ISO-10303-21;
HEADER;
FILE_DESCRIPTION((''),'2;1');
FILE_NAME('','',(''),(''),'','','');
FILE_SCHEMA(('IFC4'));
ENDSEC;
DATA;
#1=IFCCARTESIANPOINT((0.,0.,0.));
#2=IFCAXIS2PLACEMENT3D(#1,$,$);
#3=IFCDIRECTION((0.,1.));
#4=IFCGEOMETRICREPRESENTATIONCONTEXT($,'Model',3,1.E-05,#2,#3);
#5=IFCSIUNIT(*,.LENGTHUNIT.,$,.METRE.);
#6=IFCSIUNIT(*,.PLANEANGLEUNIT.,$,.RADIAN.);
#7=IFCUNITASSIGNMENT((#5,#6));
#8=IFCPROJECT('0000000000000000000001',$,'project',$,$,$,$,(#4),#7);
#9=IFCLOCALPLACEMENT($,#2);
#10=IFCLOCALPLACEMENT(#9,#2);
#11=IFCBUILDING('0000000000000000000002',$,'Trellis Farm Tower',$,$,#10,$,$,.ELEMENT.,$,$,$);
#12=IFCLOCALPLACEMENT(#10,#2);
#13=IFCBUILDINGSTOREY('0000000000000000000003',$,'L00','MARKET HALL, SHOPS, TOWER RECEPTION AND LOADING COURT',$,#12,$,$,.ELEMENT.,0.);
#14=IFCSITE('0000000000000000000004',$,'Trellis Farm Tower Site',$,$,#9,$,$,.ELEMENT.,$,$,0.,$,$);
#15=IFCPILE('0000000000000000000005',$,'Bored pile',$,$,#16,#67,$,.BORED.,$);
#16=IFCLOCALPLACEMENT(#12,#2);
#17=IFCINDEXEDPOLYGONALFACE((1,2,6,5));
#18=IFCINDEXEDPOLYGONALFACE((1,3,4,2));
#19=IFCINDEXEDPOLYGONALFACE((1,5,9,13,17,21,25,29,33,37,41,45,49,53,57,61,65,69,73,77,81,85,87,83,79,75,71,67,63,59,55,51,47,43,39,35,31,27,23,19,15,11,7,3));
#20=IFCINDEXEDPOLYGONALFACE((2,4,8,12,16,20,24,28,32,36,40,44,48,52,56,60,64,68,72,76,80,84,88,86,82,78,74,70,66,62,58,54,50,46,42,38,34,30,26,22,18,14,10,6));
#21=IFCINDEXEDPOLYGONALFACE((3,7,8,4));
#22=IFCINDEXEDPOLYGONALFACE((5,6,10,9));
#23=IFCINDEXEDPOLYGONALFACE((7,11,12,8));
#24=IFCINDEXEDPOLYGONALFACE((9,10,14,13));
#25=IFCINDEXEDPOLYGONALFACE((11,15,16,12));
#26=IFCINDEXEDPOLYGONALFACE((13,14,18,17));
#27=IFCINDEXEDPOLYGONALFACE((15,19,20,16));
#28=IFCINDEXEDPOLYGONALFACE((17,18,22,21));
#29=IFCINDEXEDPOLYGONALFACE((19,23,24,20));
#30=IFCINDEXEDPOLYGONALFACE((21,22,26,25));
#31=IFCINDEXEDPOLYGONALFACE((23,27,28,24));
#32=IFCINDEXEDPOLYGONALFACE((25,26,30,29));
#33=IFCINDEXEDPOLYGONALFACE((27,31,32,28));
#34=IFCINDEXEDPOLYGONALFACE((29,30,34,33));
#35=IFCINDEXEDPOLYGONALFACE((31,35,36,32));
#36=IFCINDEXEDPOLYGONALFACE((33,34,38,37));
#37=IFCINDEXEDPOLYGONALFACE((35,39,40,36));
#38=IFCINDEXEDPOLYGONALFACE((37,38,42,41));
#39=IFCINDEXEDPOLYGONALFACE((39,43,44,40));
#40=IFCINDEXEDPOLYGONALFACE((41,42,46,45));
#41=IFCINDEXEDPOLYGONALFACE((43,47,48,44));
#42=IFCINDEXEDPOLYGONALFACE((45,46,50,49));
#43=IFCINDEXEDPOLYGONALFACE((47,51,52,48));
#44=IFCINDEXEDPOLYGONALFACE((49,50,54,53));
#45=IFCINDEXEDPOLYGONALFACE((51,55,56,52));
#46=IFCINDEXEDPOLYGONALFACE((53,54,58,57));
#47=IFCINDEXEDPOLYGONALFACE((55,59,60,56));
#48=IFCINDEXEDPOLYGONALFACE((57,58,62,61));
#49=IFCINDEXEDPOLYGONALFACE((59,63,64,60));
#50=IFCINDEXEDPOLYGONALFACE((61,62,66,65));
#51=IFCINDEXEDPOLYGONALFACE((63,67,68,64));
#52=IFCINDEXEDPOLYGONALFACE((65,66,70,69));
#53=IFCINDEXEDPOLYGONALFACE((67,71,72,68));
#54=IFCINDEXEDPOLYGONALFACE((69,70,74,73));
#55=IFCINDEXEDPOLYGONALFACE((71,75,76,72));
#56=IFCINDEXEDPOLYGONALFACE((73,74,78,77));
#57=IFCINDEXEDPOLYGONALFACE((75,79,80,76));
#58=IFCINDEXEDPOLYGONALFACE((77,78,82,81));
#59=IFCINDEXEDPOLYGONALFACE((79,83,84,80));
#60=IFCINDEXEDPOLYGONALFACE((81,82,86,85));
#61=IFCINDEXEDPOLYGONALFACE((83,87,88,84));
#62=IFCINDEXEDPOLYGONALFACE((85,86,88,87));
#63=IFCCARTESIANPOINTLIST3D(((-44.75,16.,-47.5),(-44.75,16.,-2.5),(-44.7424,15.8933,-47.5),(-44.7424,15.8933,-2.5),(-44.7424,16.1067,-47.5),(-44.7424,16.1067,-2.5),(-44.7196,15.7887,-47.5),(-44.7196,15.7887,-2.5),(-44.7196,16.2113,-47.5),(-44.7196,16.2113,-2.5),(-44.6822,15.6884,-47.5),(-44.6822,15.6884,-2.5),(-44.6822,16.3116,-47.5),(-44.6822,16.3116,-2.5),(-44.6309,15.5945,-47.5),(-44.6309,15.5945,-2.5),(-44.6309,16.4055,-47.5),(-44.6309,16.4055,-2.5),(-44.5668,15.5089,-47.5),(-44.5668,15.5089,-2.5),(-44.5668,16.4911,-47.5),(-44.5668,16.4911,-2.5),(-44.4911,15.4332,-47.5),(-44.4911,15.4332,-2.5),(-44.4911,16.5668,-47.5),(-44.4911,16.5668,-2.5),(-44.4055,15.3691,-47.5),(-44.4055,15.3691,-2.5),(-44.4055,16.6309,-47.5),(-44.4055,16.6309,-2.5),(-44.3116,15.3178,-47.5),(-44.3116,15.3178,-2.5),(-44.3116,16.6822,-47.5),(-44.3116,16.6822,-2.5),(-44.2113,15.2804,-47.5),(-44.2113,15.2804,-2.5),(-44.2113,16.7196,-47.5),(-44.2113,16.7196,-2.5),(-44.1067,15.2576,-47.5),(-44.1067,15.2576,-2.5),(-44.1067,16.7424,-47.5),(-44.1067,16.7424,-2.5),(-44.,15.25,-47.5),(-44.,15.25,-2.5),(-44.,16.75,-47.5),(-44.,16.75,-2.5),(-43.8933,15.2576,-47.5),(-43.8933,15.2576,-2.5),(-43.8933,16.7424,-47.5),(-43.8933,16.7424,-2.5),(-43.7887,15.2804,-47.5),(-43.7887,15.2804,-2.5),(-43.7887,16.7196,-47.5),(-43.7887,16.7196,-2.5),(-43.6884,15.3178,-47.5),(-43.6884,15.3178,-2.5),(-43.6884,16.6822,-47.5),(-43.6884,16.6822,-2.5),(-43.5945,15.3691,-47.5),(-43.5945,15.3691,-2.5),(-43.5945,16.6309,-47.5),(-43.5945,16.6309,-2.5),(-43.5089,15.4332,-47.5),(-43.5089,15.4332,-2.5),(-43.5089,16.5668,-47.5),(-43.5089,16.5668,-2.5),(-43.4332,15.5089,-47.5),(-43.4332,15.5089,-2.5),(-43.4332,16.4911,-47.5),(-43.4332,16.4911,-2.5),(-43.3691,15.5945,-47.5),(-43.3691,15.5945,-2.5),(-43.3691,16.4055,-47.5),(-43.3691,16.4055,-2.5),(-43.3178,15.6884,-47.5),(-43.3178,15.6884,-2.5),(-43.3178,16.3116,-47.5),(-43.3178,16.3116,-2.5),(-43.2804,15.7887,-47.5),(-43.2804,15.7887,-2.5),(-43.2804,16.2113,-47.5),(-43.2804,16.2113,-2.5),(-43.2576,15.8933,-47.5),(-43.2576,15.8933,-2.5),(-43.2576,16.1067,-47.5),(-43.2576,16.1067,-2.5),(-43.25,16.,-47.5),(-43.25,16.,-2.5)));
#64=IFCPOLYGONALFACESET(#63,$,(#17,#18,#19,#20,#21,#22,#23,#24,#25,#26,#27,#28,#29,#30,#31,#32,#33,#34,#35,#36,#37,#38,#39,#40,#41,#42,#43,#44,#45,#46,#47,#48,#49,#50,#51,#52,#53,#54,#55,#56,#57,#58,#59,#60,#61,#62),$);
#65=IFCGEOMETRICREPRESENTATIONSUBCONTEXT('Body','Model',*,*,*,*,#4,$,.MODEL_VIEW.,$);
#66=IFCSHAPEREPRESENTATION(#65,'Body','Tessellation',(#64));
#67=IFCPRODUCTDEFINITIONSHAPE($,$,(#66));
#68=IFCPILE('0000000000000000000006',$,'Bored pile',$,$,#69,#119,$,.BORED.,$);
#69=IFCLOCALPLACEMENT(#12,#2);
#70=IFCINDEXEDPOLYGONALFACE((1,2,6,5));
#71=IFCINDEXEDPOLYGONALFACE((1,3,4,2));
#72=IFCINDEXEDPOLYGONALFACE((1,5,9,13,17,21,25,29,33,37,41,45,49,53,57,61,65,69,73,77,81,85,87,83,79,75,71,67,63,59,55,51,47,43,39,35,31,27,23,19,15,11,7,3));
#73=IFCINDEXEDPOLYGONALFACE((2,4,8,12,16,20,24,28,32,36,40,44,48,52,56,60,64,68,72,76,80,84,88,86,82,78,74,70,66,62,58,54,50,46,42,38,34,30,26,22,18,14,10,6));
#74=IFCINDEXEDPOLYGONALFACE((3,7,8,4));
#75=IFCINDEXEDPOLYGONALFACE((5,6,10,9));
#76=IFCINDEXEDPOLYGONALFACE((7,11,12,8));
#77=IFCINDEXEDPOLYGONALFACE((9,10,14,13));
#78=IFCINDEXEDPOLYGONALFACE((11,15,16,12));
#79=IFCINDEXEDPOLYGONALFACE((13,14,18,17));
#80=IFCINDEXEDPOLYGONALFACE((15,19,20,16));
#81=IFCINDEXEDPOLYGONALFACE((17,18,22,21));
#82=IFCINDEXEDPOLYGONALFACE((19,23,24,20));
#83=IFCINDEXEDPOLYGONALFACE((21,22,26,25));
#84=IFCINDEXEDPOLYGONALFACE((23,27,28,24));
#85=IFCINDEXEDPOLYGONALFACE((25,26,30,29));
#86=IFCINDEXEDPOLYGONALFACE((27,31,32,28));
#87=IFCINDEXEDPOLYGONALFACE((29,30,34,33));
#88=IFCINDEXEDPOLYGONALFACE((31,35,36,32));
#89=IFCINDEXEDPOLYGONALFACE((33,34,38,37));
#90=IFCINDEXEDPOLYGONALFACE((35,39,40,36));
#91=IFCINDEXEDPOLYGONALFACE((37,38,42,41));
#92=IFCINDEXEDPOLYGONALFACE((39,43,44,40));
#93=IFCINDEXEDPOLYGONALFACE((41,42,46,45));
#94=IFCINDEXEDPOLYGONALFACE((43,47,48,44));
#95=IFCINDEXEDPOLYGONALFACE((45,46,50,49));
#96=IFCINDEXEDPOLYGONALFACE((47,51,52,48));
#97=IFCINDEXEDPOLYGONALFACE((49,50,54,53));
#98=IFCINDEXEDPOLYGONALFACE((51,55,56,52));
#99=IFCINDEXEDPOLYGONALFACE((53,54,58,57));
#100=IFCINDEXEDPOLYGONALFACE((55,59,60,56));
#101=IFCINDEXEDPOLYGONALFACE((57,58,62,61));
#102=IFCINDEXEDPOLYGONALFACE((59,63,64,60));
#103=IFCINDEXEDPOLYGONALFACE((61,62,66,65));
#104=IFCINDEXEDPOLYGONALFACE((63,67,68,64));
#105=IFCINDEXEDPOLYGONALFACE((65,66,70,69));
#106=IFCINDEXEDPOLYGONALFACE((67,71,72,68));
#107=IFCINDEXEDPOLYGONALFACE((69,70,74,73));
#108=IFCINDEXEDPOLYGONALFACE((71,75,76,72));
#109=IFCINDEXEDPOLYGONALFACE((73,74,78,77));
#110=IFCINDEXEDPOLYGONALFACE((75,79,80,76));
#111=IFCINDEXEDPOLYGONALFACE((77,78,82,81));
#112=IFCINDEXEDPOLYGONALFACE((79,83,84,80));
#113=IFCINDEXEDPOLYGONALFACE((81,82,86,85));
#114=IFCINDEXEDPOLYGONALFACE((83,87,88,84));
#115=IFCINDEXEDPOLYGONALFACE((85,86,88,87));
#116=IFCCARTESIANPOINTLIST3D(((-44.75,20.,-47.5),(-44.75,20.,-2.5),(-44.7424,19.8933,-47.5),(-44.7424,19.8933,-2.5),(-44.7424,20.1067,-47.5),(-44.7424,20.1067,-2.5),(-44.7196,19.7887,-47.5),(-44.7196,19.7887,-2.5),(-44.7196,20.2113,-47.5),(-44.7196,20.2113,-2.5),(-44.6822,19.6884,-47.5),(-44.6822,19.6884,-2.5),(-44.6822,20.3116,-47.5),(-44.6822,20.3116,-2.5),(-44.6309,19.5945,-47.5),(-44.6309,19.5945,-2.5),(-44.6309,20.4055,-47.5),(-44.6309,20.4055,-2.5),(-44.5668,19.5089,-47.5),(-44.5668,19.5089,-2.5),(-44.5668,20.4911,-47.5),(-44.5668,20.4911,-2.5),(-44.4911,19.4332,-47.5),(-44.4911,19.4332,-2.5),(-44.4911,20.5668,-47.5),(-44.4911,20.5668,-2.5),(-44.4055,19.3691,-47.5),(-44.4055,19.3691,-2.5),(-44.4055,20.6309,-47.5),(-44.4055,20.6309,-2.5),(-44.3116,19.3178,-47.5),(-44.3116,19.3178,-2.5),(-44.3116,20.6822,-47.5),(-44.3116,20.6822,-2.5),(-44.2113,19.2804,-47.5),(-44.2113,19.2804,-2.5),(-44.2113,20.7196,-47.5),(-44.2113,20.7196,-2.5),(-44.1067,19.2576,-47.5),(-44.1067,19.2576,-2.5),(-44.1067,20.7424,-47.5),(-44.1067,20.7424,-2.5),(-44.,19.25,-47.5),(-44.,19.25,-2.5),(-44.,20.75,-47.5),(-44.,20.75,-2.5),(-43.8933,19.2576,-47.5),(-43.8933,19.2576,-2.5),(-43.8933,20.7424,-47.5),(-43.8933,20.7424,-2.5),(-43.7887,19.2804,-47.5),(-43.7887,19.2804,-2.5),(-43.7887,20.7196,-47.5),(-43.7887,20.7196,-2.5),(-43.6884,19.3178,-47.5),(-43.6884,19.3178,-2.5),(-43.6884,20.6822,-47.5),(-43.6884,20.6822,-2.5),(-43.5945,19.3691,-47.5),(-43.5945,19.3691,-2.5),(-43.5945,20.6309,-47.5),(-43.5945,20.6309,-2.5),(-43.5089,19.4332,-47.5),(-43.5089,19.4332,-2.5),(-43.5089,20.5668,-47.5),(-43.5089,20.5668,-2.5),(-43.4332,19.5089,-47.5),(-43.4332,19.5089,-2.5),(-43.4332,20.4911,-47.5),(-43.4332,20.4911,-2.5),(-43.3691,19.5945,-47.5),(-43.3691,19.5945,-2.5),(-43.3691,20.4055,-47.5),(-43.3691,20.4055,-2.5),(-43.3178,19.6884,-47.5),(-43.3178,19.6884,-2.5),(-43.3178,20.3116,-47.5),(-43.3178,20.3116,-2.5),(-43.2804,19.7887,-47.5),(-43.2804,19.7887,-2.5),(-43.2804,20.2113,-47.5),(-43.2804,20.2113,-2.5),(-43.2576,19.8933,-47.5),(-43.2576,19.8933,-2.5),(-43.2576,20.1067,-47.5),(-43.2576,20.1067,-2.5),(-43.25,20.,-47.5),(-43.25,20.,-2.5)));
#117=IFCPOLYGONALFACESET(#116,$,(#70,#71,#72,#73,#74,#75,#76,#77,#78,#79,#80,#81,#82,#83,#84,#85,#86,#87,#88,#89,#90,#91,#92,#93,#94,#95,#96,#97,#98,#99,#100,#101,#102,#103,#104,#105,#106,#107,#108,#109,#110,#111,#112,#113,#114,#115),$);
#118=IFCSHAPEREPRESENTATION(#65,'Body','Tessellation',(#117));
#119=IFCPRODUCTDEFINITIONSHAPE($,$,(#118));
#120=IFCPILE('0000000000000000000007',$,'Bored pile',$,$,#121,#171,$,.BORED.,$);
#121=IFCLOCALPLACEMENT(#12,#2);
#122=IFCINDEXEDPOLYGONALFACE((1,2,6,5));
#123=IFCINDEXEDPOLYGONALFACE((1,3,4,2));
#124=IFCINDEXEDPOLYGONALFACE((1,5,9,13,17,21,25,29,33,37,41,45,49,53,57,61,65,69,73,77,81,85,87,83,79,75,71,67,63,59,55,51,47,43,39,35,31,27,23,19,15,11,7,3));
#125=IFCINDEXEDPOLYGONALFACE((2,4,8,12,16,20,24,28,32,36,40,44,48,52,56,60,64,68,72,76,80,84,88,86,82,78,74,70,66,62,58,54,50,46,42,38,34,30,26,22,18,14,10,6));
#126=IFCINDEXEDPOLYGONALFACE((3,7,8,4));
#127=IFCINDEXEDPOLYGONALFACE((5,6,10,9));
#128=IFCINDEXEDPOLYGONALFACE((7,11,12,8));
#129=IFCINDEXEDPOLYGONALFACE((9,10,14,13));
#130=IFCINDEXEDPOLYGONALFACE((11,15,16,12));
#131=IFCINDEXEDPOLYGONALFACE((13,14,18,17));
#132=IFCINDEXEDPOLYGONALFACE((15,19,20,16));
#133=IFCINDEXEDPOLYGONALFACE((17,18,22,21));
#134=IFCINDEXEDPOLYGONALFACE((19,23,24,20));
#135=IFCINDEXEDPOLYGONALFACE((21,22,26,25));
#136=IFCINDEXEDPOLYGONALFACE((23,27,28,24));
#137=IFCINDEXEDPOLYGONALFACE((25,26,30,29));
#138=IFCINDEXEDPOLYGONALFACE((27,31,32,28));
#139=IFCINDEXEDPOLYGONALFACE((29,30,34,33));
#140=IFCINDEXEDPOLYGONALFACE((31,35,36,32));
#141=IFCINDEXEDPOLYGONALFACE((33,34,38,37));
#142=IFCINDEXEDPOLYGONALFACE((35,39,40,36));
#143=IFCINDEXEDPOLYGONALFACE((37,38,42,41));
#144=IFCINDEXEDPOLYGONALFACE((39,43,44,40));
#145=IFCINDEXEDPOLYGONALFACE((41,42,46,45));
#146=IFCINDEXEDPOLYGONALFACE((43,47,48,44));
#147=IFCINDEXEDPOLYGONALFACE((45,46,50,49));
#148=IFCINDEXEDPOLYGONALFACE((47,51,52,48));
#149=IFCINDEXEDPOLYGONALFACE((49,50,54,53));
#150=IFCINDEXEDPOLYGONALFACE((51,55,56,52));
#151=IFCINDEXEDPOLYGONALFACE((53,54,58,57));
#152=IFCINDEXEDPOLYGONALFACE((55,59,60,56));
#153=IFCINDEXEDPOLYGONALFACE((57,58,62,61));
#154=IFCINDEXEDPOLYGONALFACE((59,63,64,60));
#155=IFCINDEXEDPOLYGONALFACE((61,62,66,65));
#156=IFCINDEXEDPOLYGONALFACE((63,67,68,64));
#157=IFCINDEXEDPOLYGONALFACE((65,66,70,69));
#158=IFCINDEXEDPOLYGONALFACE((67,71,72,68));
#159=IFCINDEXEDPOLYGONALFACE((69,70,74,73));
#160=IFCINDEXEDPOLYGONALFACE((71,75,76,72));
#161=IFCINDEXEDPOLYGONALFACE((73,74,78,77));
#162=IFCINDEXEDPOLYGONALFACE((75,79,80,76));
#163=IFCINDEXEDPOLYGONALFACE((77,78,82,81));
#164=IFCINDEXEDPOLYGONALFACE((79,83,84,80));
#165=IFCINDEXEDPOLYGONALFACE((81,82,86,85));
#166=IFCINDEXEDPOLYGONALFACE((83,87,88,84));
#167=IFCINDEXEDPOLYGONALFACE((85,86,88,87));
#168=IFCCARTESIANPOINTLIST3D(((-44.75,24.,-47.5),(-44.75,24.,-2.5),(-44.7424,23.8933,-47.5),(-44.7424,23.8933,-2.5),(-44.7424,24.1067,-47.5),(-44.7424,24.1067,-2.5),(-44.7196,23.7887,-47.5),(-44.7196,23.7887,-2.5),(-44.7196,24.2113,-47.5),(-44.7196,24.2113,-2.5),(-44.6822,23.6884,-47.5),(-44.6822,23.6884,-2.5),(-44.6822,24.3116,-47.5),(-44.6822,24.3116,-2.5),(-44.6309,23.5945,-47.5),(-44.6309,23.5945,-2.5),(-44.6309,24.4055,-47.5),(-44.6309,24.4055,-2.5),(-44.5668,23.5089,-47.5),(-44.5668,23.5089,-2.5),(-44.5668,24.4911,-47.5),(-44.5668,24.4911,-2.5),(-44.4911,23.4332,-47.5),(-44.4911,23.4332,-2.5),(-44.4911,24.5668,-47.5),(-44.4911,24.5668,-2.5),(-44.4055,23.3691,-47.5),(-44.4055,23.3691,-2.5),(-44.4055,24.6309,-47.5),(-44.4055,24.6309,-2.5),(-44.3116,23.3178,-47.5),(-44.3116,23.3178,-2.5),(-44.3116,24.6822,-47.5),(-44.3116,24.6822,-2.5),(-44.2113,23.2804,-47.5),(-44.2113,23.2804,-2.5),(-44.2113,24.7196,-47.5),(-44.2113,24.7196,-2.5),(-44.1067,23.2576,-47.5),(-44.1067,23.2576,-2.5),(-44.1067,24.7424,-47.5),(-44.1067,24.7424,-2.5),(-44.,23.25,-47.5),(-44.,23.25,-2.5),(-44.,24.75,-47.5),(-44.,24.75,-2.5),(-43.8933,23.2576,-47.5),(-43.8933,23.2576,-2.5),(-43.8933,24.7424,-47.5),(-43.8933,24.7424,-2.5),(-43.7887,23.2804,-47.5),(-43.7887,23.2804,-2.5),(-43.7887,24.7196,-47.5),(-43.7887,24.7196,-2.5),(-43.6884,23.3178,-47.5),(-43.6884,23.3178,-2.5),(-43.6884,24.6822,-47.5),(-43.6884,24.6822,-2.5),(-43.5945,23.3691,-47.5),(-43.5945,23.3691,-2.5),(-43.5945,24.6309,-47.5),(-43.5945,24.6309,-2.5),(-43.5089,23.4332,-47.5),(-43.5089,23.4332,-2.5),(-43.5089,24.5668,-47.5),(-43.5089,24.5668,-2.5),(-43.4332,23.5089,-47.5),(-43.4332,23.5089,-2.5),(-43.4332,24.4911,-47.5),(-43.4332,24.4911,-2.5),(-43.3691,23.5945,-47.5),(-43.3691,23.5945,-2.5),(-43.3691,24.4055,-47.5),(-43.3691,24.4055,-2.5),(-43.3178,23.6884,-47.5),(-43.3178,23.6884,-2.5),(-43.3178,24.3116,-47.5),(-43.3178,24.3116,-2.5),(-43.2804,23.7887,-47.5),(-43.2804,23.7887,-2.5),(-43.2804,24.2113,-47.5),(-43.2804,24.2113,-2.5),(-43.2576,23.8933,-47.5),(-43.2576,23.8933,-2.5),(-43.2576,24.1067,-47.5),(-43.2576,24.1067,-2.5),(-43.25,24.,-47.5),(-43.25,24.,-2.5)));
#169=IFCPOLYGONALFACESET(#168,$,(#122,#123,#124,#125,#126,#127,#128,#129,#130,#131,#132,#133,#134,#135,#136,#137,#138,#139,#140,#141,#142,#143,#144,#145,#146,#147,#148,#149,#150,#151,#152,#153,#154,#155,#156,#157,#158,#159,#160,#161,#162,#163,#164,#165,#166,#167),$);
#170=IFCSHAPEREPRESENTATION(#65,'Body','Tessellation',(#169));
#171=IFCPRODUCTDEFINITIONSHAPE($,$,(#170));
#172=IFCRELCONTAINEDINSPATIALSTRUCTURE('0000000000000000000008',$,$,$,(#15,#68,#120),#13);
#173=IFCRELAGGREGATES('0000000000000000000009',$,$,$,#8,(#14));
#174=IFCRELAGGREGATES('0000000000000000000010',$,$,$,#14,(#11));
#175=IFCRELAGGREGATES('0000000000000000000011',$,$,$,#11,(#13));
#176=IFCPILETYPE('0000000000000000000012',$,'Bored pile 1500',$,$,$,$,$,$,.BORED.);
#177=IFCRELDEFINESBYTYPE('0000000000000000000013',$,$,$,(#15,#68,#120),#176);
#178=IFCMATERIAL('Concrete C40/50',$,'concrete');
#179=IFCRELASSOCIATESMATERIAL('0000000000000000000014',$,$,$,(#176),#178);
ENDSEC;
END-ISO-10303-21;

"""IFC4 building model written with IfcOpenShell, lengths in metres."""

from ifc_helpers import new_model, si_unit, direction, frame, origin, origin_2d, place, context, subcontext, project, spatial, circle, extrude, source, transform, mapped, material, material_profile, profile_set, type_object, element, save


model = new_model("IFC4")

# Units and contexts
model_context = context("Model", 3, precision=1e-05, world=origin(), true_north=direction((0.0, 1.0)))
body_context = subcontext(model_context, "Body", "Model", "MODEL_VIEW")
ifc_project = project(units=[si_unit("LENGTHUNIT", "METRE"), si_unit("PLANEANGLEUNIT", "RADIAN")], contexts=[model_context])

# Site, building, storey
site_placement = place(None, origin())
site = spatial("IfcSite", under=ifc_project, at=site_placement, Name="Trellis Farm Tower Site", CompositionType="ELEMENT", RefElevation=0.0)
building_placement = place(site_placement, origin())
building = spatial("IfcBuilding", under=site, at=building_placement, Name="Trellis Farm Tower", CompositionType="ELEMENT")
storey_placement = place(building_placement, origin())
storey = spatial("IfcBuildingStorey", under=building, at=storey_placement, Name="L00", Description="MARKET HALL, SHOPS, TOWER RECEPTION AND LOADING COURT", CompositionType="ELEMENT", Elevation=0.0)

# Piles
ifc_material_1 = material(Name="Concrete C40/50", Category="concrete")
ifc_material_profile_1 = material_profile(ifc_material_1, circle(Radius=0.75, at=origin_2d()), Name="Bored pile 1500")
ifc_profile_set_1 = profile_set([ifc_material_profile_1], Name="Concrete C40/50")
pile_type = type_object("IfcPileType", Name="Bored pile 1500", PredefinedType="BORED", material=ifc_profile_set_1)
shared_shape_1 = source(origin(), body_context, "Body", "SweptSolid", [
    extrude(circle(Radius=0.75, at=origin_2d()), origin(), (0.0, 0.0, 1.0), 45.0),
])
for number, where, z_axis, x_axis, name in (
    (1, (-44.0, 16.0, -2.5), (0.0, 0.0, -1.0), (1.0, 0.0, 0.0), "Bored pile"),
    (2, (-44.0, 20.0, -2.5), (0.0, 0.0, -1.0), (1.0, 0.0, 0.0), "Bored pile"),
    (3, (-44.0, 24.0, -2.5), (0.0, 0.0, -1.0), (1.0, 0.0, 0.0), "Bored pile"),
):
    element("IfcPile", number, at=place(storey_placement, frame(where, z_axis=z_axis, x_axis=x_axis)), inside=storey, type_object=pile_type, Name=name, PredefinedType="BORED", context=body_context, shape_type="MappedRepresentation", body=[
        mapped(shared_shape_1, transform((0.0, 0.0, 0.0))),
    ])

save(model, "model.ifc")
